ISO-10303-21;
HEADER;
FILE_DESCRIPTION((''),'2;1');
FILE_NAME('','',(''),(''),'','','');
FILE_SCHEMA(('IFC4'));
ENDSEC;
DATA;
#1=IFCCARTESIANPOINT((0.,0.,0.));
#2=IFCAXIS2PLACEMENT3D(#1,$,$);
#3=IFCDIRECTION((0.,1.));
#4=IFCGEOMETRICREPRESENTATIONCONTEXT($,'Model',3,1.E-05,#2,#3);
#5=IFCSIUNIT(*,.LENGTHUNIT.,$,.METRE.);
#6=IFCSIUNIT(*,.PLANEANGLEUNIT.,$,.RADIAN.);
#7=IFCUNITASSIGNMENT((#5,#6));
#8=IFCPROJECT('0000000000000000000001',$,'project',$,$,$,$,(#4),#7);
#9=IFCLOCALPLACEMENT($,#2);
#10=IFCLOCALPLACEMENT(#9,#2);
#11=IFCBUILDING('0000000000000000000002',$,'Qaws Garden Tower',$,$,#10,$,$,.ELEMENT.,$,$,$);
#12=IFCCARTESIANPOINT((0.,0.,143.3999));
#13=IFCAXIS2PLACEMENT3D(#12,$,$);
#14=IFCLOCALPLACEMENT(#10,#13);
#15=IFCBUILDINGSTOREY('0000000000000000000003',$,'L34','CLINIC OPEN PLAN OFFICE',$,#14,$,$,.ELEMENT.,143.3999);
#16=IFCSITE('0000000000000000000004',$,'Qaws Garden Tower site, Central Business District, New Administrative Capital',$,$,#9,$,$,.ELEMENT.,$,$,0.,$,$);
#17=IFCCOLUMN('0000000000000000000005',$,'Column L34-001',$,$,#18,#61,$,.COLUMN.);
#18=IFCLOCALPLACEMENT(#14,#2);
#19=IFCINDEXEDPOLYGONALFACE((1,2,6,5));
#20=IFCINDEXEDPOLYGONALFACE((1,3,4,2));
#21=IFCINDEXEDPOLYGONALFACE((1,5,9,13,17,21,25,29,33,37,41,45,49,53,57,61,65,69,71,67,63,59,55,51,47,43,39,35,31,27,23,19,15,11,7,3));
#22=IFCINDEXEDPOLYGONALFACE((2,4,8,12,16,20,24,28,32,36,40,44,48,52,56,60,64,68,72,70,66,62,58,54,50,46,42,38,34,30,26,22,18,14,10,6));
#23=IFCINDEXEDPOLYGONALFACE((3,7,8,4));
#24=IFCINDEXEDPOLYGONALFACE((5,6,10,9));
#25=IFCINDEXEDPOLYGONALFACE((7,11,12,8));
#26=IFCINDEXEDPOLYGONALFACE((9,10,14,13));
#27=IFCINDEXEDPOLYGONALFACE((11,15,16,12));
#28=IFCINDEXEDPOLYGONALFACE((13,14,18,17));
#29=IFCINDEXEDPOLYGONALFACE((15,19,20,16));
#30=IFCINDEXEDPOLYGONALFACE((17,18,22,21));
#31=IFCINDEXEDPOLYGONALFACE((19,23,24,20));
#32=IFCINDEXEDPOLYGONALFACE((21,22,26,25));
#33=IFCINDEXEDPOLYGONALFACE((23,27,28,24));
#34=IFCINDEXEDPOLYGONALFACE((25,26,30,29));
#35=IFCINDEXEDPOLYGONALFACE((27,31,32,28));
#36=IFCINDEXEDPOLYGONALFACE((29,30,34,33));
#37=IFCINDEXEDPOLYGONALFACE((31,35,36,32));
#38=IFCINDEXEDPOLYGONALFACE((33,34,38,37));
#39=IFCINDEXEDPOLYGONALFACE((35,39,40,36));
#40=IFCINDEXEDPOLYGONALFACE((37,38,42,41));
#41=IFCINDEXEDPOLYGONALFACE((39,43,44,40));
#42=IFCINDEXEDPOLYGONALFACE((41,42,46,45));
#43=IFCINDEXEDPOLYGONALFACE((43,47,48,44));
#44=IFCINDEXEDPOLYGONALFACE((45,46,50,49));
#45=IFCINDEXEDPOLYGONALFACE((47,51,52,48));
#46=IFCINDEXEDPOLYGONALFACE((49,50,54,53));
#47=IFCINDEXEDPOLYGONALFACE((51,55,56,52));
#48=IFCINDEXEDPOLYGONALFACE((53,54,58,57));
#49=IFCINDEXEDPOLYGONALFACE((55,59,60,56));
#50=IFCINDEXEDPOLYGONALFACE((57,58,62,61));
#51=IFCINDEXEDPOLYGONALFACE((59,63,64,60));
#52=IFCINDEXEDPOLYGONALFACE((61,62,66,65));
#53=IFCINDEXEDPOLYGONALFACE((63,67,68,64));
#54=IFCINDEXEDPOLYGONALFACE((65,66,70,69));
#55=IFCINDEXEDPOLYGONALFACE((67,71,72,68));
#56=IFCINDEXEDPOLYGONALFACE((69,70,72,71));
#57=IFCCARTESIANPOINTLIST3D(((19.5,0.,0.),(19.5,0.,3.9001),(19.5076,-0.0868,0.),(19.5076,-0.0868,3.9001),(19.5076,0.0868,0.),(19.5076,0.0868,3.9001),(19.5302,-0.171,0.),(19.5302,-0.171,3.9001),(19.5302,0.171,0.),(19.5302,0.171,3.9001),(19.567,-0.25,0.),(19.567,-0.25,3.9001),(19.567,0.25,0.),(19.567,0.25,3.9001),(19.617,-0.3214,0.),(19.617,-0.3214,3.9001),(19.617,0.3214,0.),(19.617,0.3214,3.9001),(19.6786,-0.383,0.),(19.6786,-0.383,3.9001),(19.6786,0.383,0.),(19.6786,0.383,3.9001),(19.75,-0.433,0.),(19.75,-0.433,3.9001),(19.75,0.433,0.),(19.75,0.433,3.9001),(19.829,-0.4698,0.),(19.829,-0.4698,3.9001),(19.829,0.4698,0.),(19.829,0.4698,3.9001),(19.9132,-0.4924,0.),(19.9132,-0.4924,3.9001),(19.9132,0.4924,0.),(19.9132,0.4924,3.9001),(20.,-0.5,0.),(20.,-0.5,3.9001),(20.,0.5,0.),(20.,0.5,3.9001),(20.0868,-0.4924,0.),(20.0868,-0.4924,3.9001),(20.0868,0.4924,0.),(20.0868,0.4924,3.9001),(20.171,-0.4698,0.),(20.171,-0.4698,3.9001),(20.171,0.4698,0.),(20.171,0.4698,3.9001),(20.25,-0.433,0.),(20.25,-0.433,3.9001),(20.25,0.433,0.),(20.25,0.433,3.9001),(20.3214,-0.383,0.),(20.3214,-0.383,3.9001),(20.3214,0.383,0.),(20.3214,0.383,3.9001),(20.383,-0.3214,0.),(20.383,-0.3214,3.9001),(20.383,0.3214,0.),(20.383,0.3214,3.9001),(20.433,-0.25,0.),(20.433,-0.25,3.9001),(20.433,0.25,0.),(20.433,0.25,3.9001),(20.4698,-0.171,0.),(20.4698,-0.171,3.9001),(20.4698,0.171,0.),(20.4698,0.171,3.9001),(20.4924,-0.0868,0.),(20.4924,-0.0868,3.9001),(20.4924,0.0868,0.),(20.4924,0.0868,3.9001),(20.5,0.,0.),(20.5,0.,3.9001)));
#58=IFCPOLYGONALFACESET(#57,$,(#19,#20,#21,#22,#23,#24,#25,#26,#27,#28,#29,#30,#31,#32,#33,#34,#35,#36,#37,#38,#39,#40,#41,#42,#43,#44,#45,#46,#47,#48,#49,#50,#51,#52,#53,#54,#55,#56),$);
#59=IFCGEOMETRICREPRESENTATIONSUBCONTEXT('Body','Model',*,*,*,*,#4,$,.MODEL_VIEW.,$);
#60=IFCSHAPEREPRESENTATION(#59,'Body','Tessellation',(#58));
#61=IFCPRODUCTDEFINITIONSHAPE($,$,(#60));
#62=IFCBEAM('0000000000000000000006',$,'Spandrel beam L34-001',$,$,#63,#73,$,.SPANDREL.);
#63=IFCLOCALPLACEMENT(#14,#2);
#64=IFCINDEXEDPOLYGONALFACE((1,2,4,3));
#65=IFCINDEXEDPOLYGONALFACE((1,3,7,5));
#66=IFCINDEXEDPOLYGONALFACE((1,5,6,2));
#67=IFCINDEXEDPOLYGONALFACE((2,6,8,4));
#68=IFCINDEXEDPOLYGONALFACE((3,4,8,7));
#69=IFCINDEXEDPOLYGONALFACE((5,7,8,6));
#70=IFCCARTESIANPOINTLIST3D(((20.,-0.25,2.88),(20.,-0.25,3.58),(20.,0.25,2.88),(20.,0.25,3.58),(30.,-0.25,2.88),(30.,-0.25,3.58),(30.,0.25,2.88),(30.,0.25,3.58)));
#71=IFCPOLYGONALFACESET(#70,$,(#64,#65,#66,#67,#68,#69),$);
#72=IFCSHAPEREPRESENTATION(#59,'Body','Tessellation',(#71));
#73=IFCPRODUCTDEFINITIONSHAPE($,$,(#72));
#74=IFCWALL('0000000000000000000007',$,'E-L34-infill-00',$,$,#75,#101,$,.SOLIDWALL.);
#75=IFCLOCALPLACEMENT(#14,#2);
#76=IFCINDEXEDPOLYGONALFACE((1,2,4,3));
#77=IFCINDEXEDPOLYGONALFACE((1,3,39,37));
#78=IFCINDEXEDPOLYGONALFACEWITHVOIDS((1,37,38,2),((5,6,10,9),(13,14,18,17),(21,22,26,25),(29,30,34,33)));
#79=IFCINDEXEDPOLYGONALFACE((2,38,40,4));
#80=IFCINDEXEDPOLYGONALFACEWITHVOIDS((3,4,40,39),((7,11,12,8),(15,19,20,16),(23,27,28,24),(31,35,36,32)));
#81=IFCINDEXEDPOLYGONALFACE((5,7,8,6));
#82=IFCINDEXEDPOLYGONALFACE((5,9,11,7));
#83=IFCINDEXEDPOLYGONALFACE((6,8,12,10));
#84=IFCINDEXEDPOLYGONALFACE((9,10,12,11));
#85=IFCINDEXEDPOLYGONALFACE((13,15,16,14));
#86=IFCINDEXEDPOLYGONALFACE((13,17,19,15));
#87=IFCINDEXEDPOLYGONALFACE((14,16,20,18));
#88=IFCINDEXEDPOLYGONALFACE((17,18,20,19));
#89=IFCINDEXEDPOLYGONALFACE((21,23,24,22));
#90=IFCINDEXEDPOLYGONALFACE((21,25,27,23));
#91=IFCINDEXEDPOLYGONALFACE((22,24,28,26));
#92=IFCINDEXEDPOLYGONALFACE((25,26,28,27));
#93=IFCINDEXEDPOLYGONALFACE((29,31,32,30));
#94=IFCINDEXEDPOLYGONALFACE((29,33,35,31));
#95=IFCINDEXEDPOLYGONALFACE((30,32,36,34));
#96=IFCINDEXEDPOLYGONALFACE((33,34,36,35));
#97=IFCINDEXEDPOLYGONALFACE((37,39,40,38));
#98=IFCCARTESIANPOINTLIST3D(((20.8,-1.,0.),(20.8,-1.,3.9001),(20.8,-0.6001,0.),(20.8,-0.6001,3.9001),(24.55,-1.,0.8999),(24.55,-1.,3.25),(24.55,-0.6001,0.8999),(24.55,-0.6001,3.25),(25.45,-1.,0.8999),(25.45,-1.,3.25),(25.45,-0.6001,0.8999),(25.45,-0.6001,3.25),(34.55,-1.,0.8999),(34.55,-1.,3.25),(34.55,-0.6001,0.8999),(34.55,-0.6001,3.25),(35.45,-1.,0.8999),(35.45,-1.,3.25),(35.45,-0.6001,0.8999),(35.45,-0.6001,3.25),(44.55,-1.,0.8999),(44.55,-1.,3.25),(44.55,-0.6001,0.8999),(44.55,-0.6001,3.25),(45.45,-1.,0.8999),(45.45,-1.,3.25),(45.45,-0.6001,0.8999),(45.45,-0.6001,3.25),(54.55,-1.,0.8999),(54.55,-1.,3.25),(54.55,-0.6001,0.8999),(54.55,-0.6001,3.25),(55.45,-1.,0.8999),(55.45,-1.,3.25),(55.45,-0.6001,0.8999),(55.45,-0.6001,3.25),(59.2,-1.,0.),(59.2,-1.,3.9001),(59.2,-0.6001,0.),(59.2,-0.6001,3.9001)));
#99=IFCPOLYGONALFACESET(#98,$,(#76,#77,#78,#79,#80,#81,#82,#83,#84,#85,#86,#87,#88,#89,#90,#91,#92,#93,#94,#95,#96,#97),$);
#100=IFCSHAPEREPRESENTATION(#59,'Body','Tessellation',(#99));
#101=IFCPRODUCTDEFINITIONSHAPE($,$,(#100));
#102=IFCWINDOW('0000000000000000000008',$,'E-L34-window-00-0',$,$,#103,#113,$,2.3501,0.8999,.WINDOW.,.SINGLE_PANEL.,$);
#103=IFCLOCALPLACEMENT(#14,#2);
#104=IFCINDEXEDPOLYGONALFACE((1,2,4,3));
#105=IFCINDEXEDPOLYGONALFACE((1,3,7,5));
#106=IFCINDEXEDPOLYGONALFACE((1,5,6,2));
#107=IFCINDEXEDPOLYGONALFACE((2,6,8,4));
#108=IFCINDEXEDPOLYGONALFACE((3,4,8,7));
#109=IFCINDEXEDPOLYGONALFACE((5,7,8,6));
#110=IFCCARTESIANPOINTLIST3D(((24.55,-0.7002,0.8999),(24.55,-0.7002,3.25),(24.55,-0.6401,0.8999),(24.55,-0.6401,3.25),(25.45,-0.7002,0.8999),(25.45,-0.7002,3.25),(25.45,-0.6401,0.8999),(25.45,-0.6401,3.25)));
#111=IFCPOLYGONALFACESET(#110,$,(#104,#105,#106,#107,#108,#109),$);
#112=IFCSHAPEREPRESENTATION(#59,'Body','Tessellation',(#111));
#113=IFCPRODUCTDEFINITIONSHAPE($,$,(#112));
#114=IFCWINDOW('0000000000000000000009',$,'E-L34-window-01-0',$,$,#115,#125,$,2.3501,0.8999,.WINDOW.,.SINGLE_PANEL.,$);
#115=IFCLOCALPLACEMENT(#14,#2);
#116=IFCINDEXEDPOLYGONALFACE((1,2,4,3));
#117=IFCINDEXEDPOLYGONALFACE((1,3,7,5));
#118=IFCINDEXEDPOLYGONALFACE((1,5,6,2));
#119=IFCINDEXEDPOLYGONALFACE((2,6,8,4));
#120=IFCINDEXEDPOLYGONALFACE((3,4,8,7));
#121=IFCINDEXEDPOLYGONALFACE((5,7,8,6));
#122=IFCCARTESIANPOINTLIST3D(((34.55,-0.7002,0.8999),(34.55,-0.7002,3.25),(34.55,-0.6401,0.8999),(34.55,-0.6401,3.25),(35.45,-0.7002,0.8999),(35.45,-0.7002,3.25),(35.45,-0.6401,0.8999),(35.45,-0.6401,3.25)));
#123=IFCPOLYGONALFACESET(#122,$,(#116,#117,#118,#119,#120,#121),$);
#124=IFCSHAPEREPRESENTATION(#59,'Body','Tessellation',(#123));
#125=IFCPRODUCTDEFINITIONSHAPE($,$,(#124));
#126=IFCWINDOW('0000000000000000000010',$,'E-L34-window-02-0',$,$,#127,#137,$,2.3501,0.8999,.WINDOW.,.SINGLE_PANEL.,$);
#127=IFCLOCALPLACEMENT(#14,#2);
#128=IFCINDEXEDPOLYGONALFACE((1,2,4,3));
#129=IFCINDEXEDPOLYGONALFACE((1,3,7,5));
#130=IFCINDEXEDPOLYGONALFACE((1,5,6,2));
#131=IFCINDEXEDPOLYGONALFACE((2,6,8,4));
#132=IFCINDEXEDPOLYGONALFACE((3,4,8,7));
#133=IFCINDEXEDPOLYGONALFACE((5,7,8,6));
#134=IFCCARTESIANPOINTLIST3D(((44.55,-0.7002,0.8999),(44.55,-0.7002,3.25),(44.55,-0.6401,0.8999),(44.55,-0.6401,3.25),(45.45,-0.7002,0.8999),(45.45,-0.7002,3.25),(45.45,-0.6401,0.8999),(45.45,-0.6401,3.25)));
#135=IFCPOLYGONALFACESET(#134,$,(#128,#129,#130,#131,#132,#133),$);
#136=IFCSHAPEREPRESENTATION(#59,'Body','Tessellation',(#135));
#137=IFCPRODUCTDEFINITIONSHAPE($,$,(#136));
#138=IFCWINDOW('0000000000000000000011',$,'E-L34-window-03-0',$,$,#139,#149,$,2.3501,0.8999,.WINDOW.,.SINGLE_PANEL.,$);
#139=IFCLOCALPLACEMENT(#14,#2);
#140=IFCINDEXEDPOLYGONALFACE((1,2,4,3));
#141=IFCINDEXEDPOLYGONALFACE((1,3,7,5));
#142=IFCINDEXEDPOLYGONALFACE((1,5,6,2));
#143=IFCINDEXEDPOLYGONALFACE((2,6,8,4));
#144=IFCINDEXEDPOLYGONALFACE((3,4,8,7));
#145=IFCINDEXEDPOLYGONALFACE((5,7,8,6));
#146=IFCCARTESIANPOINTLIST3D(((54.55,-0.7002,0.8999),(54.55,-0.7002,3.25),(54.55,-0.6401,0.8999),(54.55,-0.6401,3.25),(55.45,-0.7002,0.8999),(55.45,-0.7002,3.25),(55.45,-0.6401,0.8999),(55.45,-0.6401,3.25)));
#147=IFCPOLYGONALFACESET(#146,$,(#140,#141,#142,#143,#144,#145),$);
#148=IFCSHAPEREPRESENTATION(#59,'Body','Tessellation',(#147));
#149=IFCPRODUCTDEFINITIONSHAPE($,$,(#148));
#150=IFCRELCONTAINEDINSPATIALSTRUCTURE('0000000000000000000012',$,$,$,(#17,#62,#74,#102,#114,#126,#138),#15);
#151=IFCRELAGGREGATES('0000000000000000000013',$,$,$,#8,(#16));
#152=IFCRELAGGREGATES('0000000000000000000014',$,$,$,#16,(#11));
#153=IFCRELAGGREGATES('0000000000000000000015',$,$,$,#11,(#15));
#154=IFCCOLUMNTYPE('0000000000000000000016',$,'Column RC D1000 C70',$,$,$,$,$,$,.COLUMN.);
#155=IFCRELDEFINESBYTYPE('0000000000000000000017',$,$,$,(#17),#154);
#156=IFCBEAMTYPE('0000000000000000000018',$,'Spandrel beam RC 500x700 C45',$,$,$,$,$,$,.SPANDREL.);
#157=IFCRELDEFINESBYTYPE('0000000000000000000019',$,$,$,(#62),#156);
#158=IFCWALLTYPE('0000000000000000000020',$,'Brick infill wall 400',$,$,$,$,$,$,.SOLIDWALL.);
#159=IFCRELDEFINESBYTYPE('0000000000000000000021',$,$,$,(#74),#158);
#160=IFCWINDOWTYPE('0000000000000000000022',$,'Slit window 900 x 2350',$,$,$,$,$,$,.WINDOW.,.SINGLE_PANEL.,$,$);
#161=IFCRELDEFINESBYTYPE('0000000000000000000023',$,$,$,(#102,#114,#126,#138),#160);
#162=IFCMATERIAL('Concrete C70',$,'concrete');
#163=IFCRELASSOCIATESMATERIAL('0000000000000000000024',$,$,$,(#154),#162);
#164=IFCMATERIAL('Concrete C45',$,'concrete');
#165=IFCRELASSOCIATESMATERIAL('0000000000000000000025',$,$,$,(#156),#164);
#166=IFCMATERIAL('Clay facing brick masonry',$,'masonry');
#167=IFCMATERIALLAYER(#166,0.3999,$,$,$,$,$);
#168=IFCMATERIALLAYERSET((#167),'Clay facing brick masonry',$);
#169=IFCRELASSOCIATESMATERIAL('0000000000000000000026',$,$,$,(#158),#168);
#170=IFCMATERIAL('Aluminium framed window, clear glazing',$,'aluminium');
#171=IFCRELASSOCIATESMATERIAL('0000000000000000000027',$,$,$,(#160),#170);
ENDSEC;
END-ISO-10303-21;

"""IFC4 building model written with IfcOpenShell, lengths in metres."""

from ifc_helpers import new_model, si_unit, direction, frame, frame_2d, origin, origin_2d, place, context, subcontext, project, spatial, rectangle, circle, extrude, material, layer, layer_set, material_profile, profile_set, type_object, element, fill, save


model = new_model("IFC4")

# Units and contexts
model_context = context("Model", 3, precision=1e-05, world=origin(), true_north=direction((0.0, 1.0)))
body_context = subcontext(model_context, "Body", "Model", "MODEL_VIEW")
ifc_project = project(units=[si_unit("LENGTHUNIT", "METRE"), si_unit("PLANEANGLEUNIT", "RADIAN")], contexts=[model_context])

# Site, building, storey
site_placement = place(None, origin())
site = spatial("IfcSite", under=ifc_project, at=site_placement, Name="Qaws Garden Tower site, Central Business District, New Administrative Capital", CompositionType="ELEMENT", RefElevation=0.0)
building_placement = place(site_placement, origin())
building = spatial("IfcBuilding", under=site, at=building_placement, Name="Qaws Garden Tower", CompositionType="ELEMENT")
storey_placement = place(building_placement, frame((0.0, 0.0, 143.3999)))
storey = spatial("IfcBuildingStorey", under=building, at=storey_placement, Name="L34", Description="CLINIC OPEN PLAN OFFICE", CompositionType="ELEMENT", Elevation=143.3999)

# Column
ifc_material_1 = material(Name="Concrete C70", Category="concrete")
ifc_material_profile_1 = material_profile(ifc_material_1, circle(Radius=0.5, at=origin_2d()), Name="RC D1000")
ifc_profile_set_1 = profile_set([ifc_material_profile_1], Name="Concrete C70")
column_type = type_object("IfcColumnType", Name="Column RC D1000 C70", PredefinedType="COLUMN", material=ifc_profile_set_1)
column_placement = place(storey_placement, frame((20.0, 0.0, 0.0), z_axis=(0.0, 0.0, 1.0), x_axis=(1.0, 0.0, 0.0)))
element("IfcColumn", 1, at=column_placement, inside=storey, type_object=column_type, Name="Column L34-001", PredefinedType="COLUMN", context=body_context, shape_type="SweptSolid", body=[
    extrude(circle(Radius=0.5, at=origin_2d()), origin(), (0.0, 0.0, 1.0), 3.9001),
])

# Beam
ifc_material_2 = material(Name="Concrete C45", Category="concrete")
ifc_material_profile_2 = material_profile(ifc_material_2, rectangle(XDim=0.5, YDim=0.7, at=origin_2d()), Name="RC 500x700")
ifc_profile_set_2 = profile_set([ifc_material_profile_2], Name="Concrete C45")
beam_type = type_object("IfcBeamType", Name="Spandrel beam RC 500x700 C45", PredefinedType="SPANDREL", material=ifc_profile_set_2)
beam_placement = place(storey_placement, frame((20.0, 0.0, 3.23), z_axis=(1.0, 0.0, 0.0), x_axis=(0.0, 1.0, 0.0)))
element("IfcBeam", 2, at=beam_placement, inside=storey, type_object=beam_type, Name="Spandrel beam L34-001", PredefinedType="SPANDREL", context=body_context, shape_type="SweptSolid", body=[
    extrude(rectangle(XDim=0.5, YDim=0.7, at=origin_2d()), origin(), (0.0, 0.0, 1.0), 10.0),
])

# Wall, openings, windows
ifc_material_3 = material(Name="Clay facing brick masonry", Category="masonry")
ifc_layer_1 = layer(ifc_material_3, 0.3999)
ifc_layer_set_1 = layer_set([ifc_layer_1], Name="Clay facing brick masonry")
wall_type_1 = type_object("IfcWallType", Name="Brick infill wall 400", PredefinedType="SOLIDWALL", material=ifc_layer_set_1)
wall_1_placement = place(storey_placement, frame((20.8, -0.8, 0.0), z_axis=(0.0, 0.0, 1.0), x_axis=(1.0, 0.0, 0.0)))
wall_1 = element("IfcWall", 3, at=wall_1_placement, inside=storey, type_object=wall_type_1, Name="E-L34-infill-00", PredefinedType="SOLIDWALL", context=body_context, shape_type="SweptSolid", body=[
    extrude(rectangle(XDim=38.3999, YDim=0.3999, at=frame_2d((19.2, 0.0))), origin(), (0.0, 0.0, 1.0), 3.9001),
])
opening_1_placement = place(wall_1_placement, frame((3.75, 0.0, 0.8999)))
opening_1 = element("IfcOpeningElement", 4, at=opening_1_placement, cuts=wall_1, PredefinedType="OPENING", context=body_context, shape_type="SweptSolid", body=[
    extrude(rectangle(XDim=0.8999, YDim=2.3501, at=frame_2d((0.45, 1.175))), frame((0.0, 0.21, 0.0), z_axis=(0.0, -1.0, 0.0), x_axis=(1.0, 0.0, 0.0)), (0.0, 0.0, 1.0), 0.4199),
])
opening_2_placement = place(wall_1_placement, frame((13.75, 0.0, 0.8999)))
opening_2 = element("IfcOpeningElement", 5, at=opening_2_placement, cuts=wall_1, PredefinedType="OPENING", context=body_context, shape_type="SweptSolid", body=[
    extrude(rectangle(XDim=0.8999, YDim=2.3501, at=frame_2d((0.45, 1.175))), frame((0.0, 0.21, 0.0), z_axis=(0.0, -1.0, 0.0), x_axis=(1.0, 0.0, 0.0)), (0.0, 0.0, 1.0), 0.4199),
])
opening_3_placement = place(wall_1_placement, frame((23.75, 0.0, 0.8999)))
opening_3 = element("IfcOpeningElement", 6, at=opening_3_placement, cuts=wall_1, PredefinedType="OPENING", context=body_context, shape_type="SweptSolid", body=[
    extrude(rectangle(XDim=0.8999, YDim=2.3501, at=frame_2d((0.45, 1.175))), frame((0.0, 0.21, 0.0), z_axis=(0.0, -1.0, 0.0), x_axis=(1.0, 0.0, 0.0)), (0.0, 0.0, 1.0), 0.4199),
])
opening_4_placement = place(wall_1_placement, frame((33.75, 0.0, 0.8999)))
opening_4 = element("IfcOpeningElement", 7, at=opening_4_placement, cuts=wall_1, PredefinedType="OPENING", context=body_context, shape_type="SweptSolid", body=[
    extrude(rectangle(XDim=0.8999, YDim=2.3501, at=frame_2d((0.45, 1.175))), frame((0.0, 0.21, 0.0), z_axis=(0.0, -1.0, 0.0), x_axis=(1.0, 0.0, 0.0)), (0.0, 0.0, 1.0), 0.4199),
])
ifc_material_4 = material(Name="Aluminium framed window, clear glazing", Category="aluminium")
window_type = type_object("IfcWindowType", Name="Slit window 900 x 2350", PartitioningType="SINGLE_PANEL", PredefinedType="WINDOW", material=ifc_material_4)
window_1_placement = place(opening_1_placement, origin())
window_1 = element("IfcWindow", 8, at=window_1_placement, inside=storey, type_object=window_type, Name="E-L34-window-00-0", OverallHeight=2.3501, OverallWidth=0.8999, PartitioningType="SINGLE_PANEL", PredefinedType="WINDOW", context=body_context, shape_type="SweptSolid", body=[
    extrude(rectangle(XDim=0.8999, YDim=2.3501, at=frame_2d((0.45, 1.175))), frame((0.0, 0.1599, 0.0), z_axis=(0.0, -1.0, 0.0), x_axis=(1.0, 0.0, 0.0)), (0.0, 0.0, 1.0), 0.0601),
])
fill(opening_1, window_1)
window_2_placement = place(opening_2_placement, origin())
window_2 = element("IfcWindow", 9, at=window_2_placement, inside=storey, type_object=window_type, Name="E-L34-window-01-0", OverallHeight=2.3501, OverallWidth=0.8999, PartitioningType="SINGLE_PANEL", PredefinedType="WINDOW", context=body_context, shape_type="SweptSolid", body=[
    extrude(rectangle(XDim=0.8999, YDim=2.3501, at=frame_2d((0.45, 1.175))), frame((0.0, 0.1599, 0.0), z_axis=(0.0, -1.0, 0.0), x_axis=(1.0, 0.0, 0.0)), (0.0, 0.0, 1.0), 0.0601),
])
fill(opening_2, window_2)
window_3_placement = place(opening_3_placement, origin())
window_3 = element("IfcWindow", 10, at=window_3_placement, inside=storey, type_object=window_type, Name="E-L34-window-02-0", OverallHeight=2.3501, OverallWidth=0.8999, PartitioningType="SINGLE_PANEL", PredefinedType="WINDOW", context=body_context, shape_type="SweptSolid", body=[
    extrude(rectangle(XDim=0.8999, YDim=2.3501, at=frame_2d((0.45, 1.175))), frame((0.0, 0.1599, 0.0), z_axis=(0.0, -1.0, 0.0), x_axis=(1.0, 0.0, 0.0)), (0.0, 0.0, 1.0), 0.0601),
])
fill(opening_3, window_3)
window_4_placement = place(opening_4_placement, origin())
window_4 = element("IfcWindow", 11, at=window_4_placement, inside=storey, type_object=window_type, Name="E-L34-window-03-0", OverallHeight=2.3501, OverallWidth=0.8999, PartitioningType="SINGLE_PANEL", PredefinedType="WINDOW", context=body_context, shape_type="SweptSolid", body=[
    extrude(rectangle(XDim=0.8999, YDim=2.3501, at=frame_2d((0.45, 1.175))), frame((0.0, 0.1599, 0.0), z_axis=(0.0, -1.0, 0.0), x_axis=(1.0, 0.0, 0.0)), (0.0, 0.0, 1.0), 0.0601),
])
fill(opening_4, window_4)

save(model, "model.ifc")
